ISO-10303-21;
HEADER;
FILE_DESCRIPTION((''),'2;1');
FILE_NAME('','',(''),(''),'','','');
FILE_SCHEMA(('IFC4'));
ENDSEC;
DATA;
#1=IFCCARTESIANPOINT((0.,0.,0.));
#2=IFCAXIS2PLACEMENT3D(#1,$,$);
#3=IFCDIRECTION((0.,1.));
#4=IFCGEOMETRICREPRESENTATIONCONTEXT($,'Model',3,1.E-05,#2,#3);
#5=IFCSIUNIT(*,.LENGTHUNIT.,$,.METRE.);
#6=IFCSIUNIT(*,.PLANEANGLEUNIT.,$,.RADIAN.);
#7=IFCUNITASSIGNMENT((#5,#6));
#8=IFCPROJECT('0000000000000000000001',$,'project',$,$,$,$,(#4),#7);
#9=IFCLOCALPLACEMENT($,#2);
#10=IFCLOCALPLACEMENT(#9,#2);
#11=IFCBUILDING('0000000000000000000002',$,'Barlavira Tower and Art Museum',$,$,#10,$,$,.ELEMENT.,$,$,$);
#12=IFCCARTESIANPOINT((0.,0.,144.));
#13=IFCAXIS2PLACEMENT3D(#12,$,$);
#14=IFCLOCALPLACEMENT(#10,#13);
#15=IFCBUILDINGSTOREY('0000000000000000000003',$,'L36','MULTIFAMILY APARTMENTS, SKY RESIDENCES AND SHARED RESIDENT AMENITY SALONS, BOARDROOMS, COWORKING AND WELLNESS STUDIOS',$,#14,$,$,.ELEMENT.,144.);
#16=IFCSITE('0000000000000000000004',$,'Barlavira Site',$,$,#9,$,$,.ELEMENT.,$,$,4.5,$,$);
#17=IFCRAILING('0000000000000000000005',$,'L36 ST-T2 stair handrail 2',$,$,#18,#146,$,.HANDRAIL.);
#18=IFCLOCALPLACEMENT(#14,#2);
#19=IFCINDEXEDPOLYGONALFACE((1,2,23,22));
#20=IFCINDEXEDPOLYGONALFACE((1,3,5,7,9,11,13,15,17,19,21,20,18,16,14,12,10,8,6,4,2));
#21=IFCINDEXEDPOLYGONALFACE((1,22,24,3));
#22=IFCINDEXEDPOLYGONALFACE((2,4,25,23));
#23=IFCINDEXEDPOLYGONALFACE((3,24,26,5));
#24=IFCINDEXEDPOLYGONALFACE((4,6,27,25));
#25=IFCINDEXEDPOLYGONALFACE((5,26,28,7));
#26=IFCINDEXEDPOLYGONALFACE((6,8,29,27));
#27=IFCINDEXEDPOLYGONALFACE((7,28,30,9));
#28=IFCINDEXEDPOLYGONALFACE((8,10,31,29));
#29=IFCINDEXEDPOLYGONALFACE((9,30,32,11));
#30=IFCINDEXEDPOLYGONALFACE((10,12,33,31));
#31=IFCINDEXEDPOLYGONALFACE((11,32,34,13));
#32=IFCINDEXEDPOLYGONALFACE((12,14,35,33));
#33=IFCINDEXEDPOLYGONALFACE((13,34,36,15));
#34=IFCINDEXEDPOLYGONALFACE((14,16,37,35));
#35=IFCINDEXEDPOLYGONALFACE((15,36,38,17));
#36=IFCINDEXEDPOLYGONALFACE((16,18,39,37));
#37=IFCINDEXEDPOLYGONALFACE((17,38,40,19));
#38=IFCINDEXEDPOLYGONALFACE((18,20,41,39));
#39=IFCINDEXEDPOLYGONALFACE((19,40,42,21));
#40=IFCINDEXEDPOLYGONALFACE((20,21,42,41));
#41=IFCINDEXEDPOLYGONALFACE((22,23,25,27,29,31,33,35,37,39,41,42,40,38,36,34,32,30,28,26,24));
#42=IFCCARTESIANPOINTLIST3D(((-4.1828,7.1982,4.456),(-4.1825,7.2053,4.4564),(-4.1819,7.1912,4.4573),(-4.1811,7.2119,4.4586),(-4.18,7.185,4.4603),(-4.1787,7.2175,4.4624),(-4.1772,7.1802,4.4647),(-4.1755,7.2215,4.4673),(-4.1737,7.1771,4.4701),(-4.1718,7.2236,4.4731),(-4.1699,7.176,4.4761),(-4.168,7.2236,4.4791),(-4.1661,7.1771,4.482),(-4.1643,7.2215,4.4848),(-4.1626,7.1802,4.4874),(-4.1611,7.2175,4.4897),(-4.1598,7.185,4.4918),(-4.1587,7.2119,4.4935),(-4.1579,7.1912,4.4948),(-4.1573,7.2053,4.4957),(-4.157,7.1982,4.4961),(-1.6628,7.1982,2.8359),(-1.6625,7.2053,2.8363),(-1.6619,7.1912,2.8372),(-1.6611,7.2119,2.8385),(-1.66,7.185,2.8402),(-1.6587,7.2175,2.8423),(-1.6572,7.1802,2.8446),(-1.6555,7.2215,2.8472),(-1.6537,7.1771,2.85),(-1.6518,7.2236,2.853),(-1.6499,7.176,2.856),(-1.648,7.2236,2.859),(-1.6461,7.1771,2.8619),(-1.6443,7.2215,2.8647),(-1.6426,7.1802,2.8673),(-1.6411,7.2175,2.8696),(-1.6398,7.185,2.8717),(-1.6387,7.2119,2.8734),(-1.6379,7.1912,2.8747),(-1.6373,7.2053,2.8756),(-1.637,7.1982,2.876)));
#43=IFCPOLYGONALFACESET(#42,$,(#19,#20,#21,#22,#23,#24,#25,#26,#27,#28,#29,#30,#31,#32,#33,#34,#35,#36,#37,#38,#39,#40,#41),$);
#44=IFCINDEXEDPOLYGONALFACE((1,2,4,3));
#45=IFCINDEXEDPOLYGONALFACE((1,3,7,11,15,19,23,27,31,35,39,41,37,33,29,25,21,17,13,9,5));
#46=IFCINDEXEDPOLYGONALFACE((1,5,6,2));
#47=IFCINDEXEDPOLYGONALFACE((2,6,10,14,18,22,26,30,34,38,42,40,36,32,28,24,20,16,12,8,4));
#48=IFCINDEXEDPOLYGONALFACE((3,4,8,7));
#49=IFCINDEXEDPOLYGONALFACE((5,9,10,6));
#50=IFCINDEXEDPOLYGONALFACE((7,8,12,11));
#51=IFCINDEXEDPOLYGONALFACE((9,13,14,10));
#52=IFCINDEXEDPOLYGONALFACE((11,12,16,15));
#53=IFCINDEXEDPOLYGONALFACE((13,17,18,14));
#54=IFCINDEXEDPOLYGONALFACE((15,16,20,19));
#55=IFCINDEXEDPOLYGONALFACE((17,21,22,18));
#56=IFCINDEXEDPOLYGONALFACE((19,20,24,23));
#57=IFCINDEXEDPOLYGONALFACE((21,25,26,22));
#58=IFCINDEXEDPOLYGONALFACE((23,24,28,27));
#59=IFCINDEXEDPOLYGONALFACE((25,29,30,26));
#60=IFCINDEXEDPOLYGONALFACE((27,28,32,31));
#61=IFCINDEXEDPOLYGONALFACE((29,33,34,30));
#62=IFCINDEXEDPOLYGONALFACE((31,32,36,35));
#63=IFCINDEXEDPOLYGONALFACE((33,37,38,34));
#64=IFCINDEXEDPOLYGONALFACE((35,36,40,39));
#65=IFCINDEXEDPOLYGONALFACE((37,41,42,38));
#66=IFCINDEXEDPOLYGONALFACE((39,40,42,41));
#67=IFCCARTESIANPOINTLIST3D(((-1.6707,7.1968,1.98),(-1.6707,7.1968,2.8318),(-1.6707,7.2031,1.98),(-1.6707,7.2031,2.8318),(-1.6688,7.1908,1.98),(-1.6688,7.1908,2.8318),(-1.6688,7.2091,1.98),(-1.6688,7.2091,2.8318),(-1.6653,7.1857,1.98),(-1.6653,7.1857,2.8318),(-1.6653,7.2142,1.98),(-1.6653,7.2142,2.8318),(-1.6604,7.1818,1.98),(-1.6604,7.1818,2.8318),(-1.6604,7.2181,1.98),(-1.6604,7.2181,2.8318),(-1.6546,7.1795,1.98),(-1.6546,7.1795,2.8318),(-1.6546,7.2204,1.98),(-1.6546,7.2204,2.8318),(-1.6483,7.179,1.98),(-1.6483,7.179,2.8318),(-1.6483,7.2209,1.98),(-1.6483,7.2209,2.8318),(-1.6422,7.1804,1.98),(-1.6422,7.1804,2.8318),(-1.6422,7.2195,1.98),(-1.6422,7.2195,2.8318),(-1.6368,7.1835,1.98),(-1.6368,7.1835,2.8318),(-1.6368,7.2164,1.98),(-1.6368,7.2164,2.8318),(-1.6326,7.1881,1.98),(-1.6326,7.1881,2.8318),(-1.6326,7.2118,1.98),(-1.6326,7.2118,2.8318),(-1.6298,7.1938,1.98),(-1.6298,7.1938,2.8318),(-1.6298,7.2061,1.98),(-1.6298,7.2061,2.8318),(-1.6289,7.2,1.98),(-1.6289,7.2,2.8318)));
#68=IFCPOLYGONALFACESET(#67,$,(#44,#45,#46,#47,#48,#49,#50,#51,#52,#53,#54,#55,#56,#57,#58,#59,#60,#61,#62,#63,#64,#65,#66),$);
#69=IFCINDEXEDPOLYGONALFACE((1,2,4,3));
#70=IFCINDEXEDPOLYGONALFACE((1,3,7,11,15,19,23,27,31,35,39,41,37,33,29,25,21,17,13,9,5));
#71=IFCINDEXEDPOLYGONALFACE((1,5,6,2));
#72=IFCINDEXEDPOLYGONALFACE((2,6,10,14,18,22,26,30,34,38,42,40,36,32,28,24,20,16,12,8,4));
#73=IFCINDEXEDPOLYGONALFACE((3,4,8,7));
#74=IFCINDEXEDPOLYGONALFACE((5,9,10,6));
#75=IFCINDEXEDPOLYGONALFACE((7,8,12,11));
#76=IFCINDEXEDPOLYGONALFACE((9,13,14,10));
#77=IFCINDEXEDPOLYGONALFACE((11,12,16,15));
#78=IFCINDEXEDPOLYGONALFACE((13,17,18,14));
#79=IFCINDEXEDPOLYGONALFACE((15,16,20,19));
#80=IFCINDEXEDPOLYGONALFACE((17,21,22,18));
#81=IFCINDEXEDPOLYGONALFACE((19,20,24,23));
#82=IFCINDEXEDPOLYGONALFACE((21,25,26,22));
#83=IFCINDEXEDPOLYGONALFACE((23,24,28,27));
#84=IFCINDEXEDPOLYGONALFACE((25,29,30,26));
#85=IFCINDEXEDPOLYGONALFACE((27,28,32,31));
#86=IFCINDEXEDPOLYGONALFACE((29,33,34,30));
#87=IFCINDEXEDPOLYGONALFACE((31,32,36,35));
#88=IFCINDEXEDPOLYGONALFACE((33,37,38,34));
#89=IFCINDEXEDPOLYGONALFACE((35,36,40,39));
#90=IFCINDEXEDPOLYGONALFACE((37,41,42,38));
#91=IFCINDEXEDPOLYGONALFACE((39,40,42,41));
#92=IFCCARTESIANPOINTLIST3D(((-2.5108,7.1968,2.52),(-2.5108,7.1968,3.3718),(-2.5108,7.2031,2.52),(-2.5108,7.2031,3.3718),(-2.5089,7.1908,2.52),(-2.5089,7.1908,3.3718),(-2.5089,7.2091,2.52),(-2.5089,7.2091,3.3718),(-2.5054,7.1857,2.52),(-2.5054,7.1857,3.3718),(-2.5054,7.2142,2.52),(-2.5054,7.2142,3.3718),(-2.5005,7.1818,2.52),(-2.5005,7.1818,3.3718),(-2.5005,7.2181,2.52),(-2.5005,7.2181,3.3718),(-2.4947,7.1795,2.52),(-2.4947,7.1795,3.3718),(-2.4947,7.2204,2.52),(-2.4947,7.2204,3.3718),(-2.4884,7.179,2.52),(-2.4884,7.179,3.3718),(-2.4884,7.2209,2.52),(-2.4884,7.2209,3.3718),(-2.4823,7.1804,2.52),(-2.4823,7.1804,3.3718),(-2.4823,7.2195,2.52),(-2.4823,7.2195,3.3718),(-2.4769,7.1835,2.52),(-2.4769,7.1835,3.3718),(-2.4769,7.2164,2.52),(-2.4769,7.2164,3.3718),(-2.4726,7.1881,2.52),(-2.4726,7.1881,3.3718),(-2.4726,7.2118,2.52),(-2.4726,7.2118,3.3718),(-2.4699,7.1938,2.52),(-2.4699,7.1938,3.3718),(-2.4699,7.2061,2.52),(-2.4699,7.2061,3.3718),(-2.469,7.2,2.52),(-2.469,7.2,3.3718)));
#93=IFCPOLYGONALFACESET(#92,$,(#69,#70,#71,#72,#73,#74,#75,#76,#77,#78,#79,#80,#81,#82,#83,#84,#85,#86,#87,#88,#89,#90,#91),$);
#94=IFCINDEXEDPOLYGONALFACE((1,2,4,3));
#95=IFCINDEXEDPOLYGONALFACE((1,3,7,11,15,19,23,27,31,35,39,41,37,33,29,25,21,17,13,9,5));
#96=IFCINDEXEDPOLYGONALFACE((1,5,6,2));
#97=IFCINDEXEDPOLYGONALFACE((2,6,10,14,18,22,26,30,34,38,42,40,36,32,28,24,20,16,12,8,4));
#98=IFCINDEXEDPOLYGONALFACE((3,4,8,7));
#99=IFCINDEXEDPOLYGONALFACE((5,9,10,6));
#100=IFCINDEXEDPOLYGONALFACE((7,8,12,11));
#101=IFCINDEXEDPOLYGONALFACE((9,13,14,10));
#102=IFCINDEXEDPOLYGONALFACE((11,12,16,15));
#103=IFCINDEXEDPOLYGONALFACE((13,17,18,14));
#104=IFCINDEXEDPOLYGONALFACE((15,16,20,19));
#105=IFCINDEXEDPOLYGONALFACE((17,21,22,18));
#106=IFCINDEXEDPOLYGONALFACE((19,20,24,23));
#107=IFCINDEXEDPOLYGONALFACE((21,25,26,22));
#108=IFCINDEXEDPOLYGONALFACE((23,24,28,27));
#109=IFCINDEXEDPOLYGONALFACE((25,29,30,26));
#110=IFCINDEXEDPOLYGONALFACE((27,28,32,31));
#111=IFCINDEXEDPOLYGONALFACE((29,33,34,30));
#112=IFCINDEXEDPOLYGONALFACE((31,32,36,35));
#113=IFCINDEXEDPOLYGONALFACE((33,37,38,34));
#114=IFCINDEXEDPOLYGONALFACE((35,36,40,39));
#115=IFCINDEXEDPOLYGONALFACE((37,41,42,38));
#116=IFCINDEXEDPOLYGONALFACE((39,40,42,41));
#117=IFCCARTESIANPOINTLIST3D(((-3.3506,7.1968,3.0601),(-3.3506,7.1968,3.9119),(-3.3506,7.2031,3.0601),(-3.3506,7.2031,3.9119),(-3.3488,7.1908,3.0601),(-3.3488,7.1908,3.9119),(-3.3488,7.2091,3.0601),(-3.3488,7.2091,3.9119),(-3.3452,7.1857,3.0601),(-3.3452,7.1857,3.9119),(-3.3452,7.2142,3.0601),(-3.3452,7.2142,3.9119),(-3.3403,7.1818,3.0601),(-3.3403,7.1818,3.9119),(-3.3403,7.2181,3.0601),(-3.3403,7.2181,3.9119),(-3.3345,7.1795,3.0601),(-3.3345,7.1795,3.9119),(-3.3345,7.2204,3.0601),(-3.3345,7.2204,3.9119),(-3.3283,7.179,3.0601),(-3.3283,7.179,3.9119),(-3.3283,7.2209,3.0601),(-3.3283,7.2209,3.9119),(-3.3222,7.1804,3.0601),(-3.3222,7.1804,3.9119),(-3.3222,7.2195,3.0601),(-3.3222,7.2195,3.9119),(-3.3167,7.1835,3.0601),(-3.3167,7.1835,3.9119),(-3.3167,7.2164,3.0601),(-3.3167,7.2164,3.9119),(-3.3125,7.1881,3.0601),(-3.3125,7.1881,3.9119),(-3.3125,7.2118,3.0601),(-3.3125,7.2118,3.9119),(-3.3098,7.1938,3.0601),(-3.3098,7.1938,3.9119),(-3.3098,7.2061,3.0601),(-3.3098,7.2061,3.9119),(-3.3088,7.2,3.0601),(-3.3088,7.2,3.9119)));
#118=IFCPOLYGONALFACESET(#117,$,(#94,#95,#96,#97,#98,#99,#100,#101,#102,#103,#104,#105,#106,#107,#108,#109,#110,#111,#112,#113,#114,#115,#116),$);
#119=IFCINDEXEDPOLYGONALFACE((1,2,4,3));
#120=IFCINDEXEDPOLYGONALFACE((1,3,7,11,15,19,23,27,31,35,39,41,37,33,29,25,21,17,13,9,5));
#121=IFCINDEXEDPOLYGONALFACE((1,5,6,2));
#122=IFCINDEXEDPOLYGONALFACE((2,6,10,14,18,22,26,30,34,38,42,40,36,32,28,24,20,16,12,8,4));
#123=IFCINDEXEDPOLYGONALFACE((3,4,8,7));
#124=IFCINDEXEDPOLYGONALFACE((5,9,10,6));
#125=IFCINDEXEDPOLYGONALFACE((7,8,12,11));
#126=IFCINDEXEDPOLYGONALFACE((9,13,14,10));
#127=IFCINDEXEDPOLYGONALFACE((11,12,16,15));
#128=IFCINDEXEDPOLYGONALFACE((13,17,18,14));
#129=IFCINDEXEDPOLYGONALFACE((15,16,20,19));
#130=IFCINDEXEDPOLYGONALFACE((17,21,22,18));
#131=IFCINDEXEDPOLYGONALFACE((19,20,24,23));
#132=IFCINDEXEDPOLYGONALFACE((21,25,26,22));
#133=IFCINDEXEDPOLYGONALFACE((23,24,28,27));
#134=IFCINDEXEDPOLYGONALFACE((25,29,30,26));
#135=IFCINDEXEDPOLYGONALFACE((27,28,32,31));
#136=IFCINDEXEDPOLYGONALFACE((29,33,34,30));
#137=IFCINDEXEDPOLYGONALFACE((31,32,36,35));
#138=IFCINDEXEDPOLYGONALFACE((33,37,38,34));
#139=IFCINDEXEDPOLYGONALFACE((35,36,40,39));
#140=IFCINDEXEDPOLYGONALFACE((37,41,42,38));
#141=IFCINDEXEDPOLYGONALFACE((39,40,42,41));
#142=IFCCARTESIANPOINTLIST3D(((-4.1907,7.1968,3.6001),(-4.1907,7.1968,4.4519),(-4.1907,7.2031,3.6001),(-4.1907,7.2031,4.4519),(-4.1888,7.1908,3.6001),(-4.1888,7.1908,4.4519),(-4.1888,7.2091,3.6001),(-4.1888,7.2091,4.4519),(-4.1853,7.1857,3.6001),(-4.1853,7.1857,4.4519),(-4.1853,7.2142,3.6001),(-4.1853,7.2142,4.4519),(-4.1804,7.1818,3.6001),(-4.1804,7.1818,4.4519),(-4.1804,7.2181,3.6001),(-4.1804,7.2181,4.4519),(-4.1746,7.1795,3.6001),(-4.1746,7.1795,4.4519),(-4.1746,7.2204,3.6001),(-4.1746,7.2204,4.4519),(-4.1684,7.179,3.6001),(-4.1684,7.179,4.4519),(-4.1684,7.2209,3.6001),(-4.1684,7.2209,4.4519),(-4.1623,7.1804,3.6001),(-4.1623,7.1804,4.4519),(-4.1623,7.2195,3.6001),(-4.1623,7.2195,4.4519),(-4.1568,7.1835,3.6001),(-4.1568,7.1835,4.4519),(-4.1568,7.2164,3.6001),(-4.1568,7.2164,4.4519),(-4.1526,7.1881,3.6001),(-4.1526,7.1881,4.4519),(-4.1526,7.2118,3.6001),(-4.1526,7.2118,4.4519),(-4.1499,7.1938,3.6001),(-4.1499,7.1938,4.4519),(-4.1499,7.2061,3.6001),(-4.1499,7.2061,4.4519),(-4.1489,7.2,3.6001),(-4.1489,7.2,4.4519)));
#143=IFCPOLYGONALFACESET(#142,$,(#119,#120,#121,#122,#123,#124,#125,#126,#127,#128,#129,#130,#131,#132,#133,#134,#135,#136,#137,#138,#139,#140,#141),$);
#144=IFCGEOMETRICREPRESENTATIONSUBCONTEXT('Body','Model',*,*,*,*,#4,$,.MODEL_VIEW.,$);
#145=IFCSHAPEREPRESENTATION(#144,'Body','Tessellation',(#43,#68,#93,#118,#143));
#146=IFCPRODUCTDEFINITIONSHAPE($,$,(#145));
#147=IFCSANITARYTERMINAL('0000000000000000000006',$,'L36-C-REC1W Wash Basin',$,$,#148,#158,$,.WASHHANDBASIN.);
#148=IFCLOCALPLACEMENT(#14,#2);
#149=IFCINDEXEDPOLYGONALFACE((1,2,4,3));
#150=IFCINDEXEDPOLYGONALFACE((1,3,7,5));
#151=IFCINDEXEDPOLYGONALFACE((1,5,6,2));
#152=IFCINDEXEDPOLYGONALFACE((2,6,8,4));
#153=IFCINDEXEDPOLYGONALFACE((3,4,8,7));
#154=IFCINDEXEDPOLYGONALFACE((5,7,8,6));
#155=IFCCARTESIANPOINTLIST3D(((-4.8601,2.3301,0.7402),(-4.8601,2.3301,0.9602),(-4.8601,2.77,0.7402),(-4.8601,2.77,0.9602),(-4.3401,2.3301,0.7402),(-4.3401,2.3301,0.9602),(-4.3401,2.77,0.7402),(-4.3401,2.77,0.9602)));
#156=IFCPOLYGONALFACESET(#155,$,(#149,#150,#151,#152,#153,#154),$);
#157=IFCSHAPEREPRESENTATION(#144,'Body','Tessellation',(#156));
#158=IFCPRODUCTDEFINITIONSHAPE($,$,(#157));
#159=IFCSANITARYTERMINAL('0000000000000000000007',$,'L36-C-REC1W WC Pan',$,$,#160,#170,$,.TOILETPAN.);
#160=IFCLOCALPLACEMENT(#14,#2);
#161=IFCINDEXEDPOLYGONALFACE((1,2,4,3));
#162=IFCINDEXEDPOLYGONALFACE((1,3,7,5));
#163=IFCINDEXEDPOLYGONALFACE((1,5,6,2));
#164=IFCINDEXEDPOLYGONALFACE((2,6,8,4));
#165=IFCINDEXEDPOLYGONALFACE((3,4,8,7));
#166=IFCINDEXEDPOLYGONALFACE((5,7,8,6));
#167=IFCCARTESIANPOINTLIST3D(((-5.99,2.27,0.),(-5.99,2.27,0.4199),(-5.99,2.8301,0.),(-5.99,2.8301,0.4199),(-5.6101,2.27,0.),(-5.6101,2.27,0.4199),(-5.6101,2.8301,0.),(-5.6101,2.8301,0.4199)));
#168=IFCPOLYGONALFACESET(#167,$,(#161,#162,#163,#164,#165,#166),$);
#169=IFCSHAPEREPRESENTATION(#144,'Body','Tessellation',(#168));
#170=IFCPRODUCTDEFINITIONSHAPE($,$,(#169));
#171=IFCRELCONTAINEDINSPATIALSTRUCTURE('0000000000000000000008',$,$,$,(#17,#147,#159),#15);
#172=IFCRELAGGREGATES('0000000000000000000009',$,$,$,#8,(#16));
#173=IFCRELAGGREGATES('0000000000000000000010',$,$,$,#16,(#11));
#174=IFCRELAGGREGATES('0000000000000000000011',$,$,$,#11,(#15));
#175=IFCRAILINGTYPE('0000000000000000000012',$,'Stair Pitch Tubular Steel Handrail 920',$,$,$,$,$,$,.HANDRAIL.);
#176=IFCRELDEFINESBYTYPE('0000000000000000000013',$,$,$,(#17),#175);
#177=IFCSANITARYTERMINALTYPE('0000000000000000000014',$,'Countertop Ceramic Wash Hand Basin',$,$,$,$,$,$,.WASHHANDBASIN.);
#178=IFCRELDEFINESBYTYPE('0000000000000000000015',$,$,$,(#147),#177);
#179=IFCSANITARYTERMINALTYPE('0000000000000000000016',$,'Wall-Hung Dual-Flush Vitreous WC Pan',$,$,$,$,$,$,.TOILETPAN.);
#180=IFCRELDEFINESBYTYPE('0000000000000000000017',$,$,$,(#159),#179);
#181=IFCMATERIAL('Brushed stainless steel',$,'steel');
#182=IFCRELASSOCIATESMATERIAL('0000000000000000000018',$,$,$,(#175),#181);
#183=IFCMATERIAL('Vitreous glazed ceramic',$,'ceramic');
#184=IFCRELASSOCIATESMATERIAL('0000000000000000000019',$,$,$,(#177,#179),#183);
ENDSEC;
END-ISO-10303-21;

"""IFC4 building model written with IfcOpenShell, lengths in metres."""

from ifc_helpers import new_model, si_unit, direction, frame, origin, origin_2d, place, context, subcontext, project, spatial, rectangle, circle, extrude, material, type_object, element, save


model = new_model("IFC4")

# Units and contexts
model_context = context("Model", 3, precision=1e-05, world=origin(), true_north=direction((0.0, 1.0)))
body_context = subcontext(model_context, "Body", "Model", "MODEL_VIEW")
ifc_project = project(units=[si_unit("LENGTHUNIT", "METRE"), si_unit("PLANEANGLEUNIT", "RADIAN")], contexts=[model_context])

# Site, building, storey
site_placement = place(None, origin())
site = spatial("IfcSite", under=ifc_project, at=site_placement, Name="Barlavira Site", CompositionType="ELEMENT", RefElevation=4.5)
building_placement = place(site_placement, origin())
building = spatial("IfcBuilding", under=site, at=building_placement, Name="Barlavira Tower and Art Museum", CompositionType="ELEMENT")
storey_placement = place(building_placement, frame((0.0, 0.0, 144.0)))
storey = spatial("IfcBuildingStorey", under=building, at=storey_placement, Name="L36", Description="MULTIFAMILY APARTMENTS, SKY RESIDENCES AND SHARED RESIDENT AMENITY SALONS, BOARDROOMS, COWORKING AND WELLNESS STUDIOS", CompositionType="ELEMENT", Elevation=144.0)

# Shared definitions
ifc_material_1 = material(Name="Brushed stainless steel", Category="steel")

# Railing
railing_type_1 = type_object("IfcRailingType", Name="Stair Pitch Tubular Steel Handrail 920", PredefinedType="HANDRAIL", material=ifc_material_1)
railing_1_placement = place(storey_placement, frame((-1.6499, 7.2, 1.98)))
element("IfcRailing", 1, at=railing_1_placement, inside=storey, type_object=railing_type_1, Name="L36 ST-T2 stair handrail 2", PredefinedType="HANDRAIL", context=body_context, shape_type="SweptSolid", body=[
    extrude(circle(Radius=0.0239, at=origin_2d()), frame((0.0, 0.0, 0.876), z_axis=(-0.841163, 0.0, 0.540782), x_axis=(0.0, -1.0, 0.0)), (0.0, 0.0, 1.0), 2.9958),
    extrude(circle(Radius=0.021, at=origin_2d()), origin(), (0.0, 0.0, 1.0), 0.8518),
    extrude(circle(Radius=0.021, at=origin_2d()), frame((-0.8401, 0.0, 0.54)), (0.0, 0.0, 1.0), 0.8518),
    extrude(circle(Radius=0.021, at=origin_2d()), frame((-1.6799, 0.0, 1.0801)), (0.0, 0.0, 1.0), 0.8518),
    extrude(circle(Radius=0.021, at=origin_2d()), frame((-2.52, 0.0, 1.6201)), (0.0, 0.0, 1.0), 0.8518),
])

# Sanitary terminals
ifc_material_2 = material(Name="Vitreous glazed ceramic", Category="ceramic")
sanitary_terminal_type_1 = type_object("IfcSanitaryTerminalType", Name="Countertop Ceramic Wash Hand Basin", PredefinedType="WASHHANDBASIN", material=ifc_material_2)
sanitary_terminal_1_placement = place(storey_placement, frame((-4.6001, 2.55, 0.7402), z_axis=(0.0, 0.0, 1.0), x_axis=(1.0, 0.0, 0.0)))
element("IfcSanitaryTerminal", 2, at=sanitary_terminal_1_placement, inside=storey, type_object=sanitary_terminal_type_1, Name="L36-C-REC1W Wash Basin", PredefinedType="WASHHANDBASIN", context=body_context, shape_type="SweptSolid", body=[
    extrude(rectangle(XDim=0.52, YDim=0.4399, at=origin_2d()), origin(), (0.0, 0.0, 1.0), 0.22),
])
sanitary_terminal_type_2 = type_object("IfcSanitaryTerminalType", Name="Wall-Hung Dual-Flush Vitreous WC Pan", PredefinedType="TOILETPAN", material=ifc_material_2)
sanitary_terminal_2_placement = place(storey_placement, frame((-5.8, 2.55, 0.0), z_axis=(0.0, 0.0, 1.0), x_axis=(1.0, 0.0, 0.0)))
element("IfcSanitaryTerminal", 3, at=sanitary_terminal_2_placement, inside=storey, type_object=sanitary_terminal_type_2, Name="L36-C-REC1W WC Pan", PredefinedType="TOILETPAN", context=body_context, shape_type="SweptSolid", body=[
    extrude(rectangle(XDim=0.3799, YDim=0.5601, at=origin_2d()), origin(), (0.0, 0.0, 1.0), 0.4199),
])

save(model, "model.ifc")
